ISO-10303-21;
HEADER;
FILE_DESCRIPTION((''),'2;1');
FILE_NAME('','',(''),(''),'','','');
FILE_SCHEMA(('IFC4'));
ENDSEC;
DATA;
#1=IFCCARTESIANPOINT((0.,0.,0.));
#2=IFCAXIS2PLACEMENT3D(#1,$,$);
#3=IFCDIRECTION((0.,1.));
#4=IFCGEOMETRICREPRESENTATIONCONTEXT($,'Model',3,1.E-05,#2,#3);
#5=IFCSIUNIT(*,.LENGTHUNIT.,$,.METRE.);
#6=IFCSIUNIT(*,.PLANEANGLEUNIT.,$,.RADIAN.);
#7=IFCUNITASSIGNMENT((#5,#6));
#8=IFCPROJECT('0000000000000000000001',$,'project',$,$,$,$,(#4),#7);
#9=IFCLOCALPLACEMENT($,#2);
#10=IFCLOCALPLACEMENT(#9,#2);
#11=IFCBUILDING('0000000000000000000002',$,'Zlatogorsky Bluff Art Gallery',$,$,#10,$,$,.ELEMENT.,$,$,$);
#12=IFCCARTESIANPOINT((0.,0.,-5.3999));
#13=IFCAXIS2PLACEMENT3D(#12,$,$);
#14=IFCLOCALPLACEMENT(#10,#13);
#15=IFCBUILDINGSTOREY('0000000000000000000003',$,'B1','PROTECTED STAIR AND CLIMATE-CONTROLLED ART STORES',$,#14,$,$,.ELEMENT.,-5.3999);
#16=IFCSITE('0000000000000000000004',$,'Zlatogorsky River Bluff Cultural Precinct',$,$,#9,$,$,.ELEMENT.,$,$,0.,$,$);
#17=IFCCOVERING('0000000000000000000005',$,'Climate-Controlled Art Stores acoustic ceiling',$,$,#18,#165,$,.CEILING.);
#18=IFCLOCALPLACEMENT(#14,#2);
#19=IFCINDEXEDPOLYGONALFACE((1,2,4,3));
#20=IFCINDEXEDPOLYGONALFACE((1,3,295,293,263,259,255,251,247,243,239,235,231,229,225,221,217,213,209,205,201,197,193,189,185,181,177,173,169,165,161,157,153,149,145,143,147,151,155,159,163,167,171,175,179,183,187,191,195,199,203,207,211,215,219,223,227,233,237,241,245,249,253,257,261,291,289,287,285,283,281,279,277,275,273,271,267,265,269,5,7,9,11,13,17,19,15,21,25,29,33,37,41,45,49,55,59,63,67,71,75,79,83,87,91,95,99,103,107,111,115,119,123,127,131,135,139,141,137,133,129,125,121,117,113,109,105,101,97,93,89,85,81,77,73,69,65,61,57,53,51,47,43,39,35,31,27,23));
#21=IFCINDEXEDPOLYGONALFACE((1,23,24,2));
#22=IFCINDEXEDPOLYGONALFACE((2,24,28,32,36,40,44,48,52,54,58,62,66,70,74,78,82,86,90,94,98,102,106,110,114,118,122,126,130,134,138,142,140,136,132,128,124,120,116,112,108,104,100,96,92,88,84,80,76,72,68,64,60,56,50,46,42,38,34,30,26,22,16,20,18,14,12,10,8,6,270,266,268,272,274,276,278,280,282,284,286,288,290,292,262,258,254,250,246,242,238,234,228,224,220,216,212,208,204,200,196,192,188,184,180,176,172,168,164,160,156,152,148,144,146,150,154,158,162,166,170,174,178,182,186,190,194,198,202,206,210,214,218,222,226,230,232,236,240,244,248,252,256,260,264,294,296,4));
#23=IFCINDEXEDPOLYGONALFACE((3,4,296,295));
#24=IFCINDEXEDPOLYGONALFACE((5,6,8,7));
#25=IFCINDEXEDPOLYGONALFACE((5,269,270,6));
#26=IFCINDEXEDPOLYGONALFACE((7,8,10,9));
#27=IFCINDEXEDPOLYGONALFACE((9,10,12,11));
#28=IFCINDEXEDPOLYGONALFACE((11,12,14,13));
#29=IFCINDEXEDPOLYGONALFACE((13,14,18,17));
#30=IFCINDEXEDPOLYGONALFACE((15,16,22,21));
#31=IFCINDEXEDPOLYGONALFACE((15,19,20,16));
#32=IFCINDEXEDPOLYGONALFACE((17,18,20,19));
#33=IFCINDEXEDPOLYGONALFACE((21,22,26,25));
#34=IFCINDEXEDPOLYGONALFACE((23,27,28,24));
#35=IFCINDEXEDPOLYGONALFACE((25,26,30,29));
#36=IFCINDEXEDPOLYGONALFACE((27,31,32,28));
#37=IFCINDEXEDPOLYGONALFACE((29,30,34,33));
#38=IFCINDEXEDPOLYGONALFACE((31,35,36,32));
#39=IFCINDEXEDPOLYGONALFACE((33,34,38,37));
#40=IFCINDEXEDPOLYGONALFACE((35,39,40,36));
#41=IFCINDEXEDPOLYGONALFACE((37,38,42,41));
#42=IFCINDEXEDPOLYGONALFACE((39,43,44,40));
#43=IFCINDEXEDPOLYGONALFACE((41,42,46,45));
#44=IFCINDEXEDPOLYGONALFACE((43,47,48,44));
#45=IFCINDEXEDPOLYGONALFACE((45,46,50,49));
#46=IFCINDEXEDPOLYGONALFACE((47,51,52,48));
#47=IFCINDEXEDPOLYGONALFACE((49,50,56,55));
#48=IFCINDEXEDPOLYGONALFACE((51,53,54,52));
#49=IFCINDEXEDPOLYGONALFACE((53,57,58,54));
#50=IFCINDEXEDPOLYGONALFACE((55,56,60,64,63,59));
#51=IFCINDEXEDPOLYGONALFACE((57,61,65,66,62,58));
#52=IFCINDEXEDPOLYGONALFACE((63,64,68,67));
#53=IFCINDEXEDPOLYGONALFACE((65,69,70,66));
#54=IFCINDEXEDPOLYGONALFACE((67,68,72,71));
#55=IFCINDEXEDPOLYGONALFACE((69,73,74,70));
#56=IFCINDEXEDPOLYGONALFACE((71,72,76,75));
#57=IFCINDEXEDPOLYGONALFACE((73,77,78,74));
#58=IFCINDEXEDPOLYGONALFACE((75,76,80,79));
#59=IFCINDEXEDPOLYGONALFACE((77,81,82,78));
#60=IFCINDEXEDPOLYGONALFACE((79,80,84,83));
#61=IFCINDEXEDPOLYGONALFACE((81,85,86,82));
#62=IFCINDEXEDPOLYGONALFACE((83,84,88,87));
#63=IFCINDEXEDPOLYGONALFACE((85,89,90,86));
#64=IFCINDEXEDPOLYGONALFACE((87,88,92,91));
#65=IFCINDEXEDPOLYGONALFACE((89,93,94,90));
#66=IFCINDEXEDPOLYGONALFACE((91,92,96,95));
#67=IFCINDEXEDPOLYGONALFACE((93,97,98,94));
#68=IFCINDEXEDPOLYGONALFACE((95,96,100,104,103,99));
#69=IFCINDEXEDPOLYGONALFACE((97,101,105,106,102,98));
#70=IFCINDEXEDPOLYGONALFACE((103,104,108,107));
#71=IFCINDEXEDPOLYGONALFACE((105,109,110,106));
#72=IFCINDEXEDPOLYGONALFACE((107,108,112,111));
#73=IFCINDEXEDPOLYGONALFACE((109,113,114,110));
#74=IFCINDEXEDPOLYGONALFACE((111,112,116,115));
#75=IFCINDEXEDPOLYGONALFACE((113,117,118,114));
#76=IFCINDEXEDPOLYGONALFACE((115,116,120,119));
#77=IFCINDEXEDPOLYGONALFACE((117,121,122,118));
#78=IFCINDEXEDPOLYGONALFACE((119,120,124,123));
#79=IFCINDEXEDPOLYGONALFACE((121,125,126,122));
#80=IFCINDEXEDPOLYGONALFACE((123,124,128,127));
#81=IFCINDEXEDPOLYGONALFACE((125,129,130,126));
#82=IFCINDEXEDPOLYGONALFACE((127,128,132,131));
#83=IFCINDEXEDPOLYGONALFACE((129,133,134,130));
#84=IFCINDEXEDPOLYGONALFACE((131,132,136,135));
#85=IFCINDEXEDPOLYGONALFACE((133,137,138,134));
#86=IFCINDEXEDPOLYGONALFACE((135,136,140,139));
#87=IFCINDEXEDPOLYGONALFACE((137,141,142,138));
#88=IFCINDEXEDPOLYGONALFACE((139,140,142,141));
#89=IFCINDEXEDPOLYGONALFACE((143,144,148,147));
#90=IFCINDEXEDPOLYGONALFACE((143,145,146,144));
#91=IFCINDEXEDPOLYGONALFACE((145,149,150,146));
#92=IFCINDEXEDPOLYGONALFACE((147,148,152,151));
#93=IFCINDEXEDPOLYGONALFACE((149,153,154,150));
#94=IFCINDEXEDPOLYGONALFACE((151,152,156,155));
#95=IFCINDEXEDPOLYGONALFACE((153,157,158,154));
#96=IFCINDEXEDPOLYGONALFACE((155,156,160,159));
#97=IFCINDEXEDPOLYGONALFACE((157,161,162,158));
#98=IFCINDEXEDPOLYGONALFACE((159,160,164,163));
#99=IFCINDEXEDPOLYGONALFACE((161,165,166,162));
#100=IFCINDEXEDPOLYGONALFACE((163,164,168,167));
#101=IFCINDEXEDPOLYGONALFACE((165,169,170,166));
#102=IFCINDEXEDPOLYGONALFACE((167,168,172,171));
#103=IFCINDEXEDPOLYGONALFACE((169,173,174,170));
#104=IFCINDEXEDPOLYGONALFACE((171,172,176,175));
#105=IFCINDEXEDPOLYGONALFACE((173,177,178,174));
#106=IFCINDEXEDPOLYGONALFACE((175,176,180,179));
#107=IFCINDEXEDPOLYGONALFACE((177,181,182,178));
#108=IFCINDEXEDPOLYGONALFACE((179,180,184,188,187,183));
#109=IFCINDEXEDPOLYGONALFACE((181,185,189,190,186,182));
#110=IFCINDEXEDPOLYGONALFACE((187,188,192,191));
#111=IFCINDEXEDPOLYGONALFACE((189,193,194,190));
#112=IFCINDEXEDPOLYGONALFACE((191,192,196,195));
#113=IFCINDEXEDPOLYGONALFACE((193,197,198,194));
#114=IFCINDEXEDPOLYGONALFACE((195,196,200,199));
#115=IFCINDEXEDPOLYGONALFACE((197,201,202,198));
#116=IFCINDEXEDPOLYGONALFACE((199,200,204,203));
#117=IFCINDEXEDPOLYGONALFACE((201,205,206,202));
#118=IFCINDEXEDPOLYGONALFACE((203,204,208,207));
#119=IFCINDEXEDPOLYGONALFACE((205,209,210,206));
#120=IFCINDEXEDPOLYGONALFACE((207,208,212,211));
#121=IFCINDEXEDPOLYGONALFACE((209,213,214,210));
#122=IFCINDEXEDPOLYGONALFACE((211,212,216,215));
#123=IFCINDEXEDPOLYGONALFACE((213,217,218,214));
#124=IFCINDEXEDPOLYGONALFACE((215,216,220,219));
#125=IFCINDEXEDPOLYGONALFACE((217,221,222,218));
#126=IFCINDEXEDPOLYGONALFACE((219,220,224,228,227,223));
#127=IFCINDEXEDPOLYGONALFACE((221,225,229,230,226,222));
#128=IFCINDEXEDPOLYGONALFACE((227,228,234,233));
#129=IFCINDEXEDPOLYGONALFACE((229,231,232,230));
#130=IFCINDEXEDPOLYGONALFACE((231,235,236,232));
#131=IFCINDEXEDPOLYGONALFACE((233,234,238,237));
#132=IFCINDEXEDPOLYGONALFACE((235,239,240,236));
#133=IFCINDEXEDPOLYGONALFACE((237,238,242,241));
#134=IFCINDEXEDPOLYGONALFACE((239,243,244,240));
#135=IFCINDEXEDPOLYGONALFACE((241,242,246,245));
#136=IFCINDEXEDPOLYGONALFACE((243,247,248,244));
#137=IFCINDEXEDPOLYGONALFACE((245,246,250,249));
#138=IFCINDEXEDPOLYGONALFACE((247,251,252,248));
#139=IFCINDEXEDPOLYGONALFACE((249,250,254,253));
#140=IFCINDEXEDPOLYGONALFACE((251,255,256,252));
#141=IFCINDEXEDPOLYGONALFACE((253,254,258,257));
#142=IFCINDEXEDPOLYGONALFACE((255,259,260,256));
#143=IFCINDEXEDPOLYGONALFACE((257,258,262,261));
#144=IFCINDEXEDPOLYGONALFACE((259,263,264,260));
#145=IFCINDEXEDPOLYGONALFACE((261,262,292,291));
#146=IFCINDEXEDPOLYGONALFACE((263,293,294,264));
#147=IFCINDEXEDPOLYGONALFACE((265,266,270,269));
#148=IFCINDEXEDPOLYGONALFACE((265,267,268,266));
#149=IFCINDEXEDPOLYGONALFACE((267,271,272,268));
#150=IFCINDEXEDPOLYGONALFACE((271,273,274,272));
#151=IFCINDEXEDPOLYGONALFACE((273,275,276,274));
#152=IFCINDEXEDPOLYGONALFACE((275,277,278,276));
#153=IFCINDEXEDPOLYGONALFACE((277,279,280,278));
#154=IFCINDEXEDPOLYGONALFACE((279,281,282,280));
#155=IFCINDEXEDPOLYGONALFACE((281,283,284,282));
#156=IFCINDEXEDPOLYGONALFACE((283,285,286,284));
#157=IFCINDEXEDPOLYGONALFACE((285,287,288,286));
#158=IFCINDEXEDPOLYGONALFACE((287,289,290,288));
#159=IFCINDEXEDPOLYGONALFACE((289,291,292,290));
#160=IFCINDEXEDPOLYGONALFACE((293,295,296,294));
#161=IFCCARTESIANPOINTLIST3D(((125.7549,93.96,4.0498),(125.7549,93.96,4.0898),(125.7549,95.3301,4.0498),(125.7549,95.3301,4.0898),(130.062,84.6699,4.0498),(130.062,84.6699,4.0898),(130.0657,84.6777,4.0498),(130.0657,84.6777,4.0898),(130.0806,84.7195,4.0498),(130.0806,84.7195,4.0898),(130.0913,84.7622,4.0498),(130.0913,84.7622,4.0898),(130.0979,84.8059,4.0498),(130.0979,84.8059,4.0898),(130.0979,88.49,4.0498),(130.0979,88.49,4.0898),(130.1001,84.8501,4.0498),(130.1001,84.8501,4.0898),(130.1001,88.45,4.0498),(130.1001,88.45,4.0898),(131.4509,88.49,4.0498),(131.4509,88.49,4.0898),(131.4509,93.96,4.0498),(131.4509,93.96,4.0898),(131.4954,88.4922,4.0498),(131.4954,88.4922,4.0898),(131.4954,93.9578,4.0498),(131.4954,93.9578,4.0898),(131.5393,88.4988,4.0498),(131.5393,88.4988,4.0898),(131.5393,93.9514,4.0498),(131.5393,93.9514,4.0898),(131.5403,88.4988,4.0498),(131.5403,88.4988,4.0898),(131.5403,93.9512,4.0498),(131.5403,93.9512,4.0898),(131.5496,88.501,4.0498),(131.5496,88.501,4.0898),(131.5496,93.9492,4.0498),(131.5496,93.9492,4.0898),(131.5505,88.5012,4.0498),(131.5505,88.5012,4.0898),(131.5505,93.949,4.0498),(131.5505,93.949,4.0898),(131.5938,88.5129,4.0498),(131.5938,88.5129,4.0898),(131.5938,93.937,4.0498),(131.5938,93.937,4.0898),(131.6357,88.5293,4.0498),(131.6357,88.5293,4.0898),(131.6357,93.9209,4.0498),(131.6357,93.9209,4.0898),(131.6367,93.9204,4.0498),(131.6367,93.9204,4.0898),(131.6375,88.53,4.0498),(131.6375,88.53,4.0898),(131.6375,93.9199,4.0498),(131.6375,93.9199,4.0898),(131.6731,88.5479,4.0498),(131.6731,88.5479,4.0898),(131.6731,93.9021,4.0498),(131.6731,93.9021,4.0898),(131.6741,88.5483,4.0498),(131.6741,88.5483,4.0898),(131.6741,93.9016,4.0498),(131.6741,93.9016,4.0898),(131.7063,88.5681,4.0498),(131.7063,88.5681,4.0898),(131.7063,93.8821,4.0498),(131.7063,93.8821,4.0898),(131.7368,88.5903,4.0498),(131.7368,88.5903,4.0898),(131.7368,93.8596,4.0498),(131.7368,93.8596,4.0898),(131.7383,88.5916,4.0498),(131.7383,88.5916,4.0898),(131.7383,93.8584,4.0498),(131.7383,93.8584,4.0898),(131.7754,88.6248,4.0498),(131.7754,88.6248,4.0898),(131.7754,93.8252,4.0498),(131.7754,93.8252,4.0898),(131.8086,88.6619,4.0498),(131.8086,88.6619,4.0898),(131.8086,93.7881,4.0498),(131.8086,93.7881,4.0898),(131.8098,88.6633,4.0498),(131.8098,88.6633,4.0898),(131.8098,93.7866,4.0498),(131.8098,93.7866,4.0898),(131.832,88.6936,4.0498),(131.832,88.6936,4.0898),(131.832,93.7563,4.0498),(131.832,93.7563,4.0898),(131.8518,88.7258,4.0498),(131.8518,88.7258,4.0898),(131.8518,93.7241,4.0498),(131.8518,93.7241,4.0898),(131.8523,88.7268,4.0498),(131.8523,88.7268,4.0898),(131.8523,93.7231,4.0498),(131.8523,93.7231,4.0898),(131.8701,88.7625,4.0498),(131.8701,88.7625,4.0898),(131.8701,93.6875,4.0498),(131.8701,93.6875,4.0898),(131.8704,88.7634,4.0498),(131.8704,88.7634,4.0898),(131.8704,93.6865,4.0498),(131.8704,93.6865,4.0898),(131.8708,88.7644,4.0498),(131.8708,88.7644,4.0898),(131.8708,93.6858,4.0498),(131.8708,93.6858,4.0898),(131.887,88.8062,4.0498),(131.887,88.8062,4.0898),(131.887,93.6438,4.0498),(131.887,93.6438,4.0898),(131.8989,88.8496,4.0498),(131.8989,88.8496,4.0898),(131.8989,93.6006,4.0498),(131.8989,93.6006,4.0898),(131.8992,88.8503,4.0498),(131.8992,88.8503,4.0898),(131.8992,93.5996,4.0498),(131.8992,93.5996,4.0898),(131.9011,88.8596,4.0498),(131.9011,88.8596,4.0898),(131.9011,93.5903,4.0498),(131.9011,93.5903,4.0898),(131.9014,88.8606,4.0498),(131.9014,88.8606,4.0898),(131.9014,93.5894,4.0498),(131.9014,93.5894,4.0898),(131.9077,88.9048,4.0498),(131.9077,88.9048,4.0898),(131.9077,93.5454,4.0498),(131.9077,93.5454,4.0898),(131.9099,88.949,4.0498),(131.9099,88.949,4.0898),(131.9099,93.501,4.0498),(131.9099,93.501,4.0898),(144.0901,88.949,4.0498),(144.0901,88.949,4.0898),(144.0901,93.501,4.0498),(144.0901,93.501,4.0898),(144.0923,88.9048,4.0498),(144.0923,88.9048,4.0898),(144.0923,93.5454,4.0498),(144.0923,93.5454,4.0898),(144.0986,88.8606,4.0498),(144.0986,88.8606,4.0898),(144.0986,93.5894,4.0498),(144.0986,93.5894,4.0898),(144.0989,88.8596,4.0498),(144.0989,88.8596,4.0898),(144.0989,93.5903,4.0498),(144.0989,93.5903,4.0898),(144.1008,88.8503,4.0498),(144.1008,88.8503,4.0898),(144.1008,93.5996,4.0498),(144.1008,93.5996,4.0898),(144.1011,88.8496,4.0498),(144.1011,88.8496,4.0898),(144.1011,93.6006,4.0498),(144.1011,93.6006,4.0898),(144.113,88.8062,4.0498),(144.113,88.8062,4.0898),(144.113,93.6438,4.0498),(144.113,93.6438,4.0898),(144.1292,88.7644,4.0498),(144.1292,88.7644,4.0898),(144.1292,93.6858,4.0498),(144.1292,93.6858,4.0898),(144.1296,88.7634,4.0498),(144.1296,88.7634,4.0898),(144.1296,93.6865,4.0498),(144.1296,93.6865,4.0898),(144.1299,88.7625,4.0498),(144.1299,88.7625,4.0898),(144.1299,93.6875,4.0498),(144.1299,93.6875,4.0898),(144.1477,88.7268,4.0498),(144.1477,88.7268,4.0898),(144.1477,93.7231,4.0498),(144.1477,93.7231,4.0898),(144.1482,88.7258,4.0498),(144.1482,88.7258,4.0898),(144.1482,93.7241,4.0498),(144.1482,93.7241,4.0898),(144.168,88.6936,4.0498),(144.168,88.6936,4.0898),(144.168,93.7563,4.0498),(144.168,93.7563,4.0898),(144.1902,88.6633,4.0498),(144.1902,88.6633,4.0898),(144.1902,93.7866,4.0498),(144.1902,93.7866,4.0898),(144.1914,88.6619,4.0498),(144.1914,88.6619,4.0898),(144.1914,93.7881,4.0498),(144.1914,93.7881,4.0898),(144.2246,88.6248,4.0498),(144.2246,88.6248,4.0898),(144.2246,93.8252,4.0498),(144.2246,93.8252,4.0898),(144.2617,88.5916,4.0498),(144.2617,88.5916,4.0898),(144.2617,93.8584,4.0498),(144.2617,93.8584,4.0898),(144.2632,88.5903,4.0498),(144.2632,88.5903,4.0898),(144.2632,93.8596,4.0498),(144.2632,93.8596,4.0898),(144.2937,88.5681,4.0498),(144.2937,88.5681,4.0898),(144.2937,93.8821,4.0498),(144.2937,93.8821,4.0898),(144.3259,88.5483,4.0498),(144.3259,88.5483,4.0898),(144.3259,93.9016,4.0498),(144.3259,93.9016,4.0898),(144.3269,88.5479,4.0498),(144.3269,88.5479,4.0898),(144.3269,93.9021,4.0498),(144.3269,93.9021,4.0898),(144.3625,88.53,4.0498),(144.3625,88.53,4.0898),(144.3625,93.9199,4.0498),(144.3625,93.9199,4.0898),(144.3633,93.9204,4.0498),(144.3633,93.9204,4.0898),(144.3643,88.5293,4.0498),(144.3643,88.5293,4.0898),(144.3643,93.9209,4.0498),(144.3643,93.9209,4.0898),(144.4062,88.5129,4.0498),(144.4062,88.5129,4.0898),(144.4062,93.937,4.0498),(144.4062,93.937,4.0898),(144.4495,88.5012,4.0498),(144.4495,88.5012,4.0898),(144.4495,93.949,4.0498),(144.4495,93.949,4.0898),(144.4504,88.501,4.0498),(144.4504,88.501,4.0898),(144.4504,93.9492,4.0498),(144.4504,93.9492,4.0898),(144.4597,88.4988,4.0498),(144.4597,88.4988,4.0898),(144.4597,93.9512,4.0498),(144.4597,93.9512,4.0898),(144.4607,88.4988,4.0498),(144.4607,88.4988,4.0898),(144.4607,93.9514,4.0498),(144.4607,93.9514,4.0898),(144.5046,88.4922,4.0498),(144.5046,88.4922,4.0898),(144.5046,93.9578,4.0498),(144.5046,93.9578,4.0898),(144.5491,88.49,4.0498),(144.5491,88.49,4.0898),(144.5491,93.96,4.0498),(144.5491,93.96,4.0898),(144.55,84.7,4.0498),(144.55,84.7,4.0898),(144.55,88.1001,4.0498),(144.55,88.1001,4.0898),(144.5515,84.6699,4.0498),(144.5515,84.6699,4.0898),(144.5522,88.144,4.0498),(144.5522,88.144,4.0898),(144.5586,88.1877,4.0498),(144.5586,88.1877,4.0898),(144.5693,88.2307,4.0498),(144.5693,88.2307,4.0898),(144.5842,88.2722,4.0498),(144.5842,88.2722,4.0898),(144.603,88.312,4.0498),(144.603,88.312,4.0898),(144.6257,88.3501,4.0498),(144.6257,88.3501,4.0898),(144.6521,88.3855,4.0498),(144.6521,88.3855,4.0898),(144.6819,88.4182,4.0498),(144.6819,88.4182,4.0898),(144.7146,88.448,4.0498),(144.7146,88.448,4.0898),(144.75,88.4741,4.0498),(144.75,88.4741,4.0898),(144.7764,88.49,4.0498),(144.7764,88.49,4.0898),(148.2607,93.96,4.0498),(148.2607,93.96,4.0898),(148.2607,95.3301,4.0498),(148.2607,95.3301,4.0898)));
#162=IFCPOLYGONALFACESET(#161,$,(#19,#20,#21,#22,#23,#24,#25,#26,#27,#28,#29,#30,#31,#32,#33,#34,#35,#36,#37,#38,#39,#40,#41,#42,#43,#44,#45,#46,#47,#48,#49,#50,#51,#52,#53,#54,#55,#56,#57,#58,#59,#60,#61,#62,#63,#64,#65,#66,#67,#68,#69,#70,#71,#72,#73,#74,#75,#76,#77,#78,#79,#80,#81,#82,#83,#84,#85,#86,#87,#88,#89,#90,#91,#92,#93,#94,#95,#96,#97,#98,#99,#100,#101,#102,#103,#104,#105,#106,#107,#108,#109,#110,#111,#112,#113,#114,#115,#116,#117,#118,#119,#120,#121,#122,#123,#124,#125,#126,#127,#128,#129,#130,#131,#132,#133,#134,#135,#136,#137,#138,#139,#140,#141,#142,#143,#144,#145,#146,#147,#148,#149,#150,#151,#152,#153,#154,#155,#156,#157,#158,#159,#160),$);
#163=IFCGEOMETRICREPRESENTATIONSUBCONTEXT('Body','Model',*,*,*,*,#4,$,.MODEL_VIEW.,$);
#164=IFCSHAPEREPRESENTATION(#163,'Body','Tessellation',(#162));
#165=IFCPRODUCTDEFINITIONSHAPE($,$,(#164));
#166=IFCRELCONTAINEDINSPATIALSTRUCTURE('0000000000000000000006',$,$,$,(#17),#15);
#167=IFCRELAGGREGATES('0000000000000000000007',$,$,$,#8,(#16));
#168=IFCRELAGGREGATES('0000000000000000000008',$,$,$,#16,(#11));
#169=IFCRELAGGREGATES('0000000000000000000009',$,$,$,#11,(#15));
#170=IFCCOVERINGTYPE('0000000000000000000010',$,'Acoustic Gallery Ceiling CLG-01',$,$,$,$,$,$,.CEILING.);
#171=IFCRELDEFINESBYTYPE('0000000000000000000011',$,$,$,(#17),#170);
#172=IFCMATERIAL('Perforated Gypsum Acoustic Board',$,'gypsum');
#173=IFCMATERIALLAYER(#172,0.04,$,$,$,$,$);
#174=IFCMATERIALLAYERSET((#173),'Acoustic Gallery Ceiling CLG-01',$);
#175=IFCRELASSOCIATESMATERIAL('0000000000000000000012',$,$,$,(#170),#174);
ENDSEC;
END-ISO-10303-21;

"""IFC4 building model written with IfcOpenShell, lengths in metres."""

from ifc_helpers import new_model, si_unit, direction, frame, origin, place, context, subcontext, project, spatial, polyline, outline, extrude, material, layer, layer_set, type_object, element, save


model = new_model("IFC4")

# Units and contexts
model_context = context("Model", 3, precision=1e-05, world=origin(), true_north=direction((0.0, 1.0)))
body_context = subcontext(model_context, "Body", "Model", "MODEL_VIEW")
ifc_project = project(units=[si_unit("LENGTHUNIT", "METRE"), si_unit("PLANEANGLEUNIT", "RADIAN")], contexts=[model_context])

# Site, building, storey
site_placement = place(None, origin())
site = spatial("IfcSite", under=ifc_project, at=site_placement, Name="Zlatogorsky River Bluff Cultural Precinct", CompositionType="ELEMENT", RefElevation=0.0)
building_placement = place(site_placement, origin())
building = spatial("IfcBuilding", under=site, at=building_placement, Name="Zlatogorsky Bluff Art Gallery", CompositionType="ELEMENT")
storey_placement = place(building_placement, frame((0.0, 0.0, -5.3999)))
storey = spatial("IfcBuildingStorey", under=building, at=storey_placement, Name="B1", Description="PROTECTED STAIR AND CLIMATE-CONTROLLED ART STORES", CompositionType="ELEMENT", Elevation=-5.3999)

# Covering
ifc_material_1 = material(Name="Perforated Gypsum Acoustic Board", Category="gypsum")
ifc_layer_1 = layer(ifc_material_1, 0.04)
ifc_layer_set_1 = layer_set([ifc_layer_1], Name="Acoustic Gallery Ceiling CLG-01")
covering_type_1 = type_object("IfcCoveringType", Name="Acoustic Gallery Ceiling CLG-01", PredefinedType="CEILING", material=ifc_layer_set_1)
covering_1_placement = place(storey_placement, frame((0.0, 0.0, 4.0498)))
element("IfcCovering", 1, at=covering_1_placement, inside=storey, type_object=covering_type_1, Name="Climate-Controlled Art Stores acoustic ceiling", PredefinedType="CEILING", context=body_context, shape_type="SweptSolid", body=[
    extrude(outline(polyline([(130.0657, 84.6777), (130.0806, 84.7195), (130.0913, 84.7622), (130.0979, 84.8059), (130.1001, 84.8501), (130.1001, 88.45), (130.0979, 88.49), (131.4509, 88.49), (131.4954, 88.4922), (131.5393, 88.4988), (131.5403, 88.4988), (131.5496, 88.501), (131.5505, 88.5012), (131.5938, 88.5129), (131.6357, 88.5293), (131.6375, 88.53), (131.6731, 88.5479), (131.6741, 88.5483), (131.7063, 88.5681), (131.7368, 88.5903), (131.7383, 88.5916), (131.7754, 88.6248), (131.8086, 88.6619), (131.8098, 88.6633), (131.832, 88.6936), (131.8518, 88.7258), (131.8523, 88.7268), (131.8701, 88.7625), (131.8704, 88.7634), (131.8708, 88.7644), (131.887, 88.8062), (131.8989, 88.8496), (131.8992, 88.8503), (131.9011, 88.8596), (131.9014, 88.8606), (131.9077, 88.9048), (131.9099, 88.949), (131.9099, 93.501), (131.9077, 93.5454), (131.9014, 93.5894), (131.9011, 93.5903), (131.8992, 93.5996), (131.8989, 93.6006), (131.887, 93.6438), (131.8708, 93.6858), (131.8704, 93.6865), (131.8701, 93.6875), (131.8523, 93.7231), (131.8518, 93.7241), (131.832, 93.7563), (131.8098, 93.7866), (131.8086, 93.7881), (131.7754, 93.8252), (131.7383, 93.8584), (131.7368, 93.8596), (131.7063, 93.8821), (131.6741, 93.9016), (131.6731, 93.9021), (131.6375, 93.9199), (131.6367, 93.9204), (131.6357, 93.9209), (131.5938, 93.937), (131.5505, 93.949), (131.5496, 93.9492), (131.5403, 93.9512), (131.5393, 93.9514), (131.4954, 93.9578), (131.4509, 93.96), (125.7549, 93.96), (125.7549, 95.3301), (148.2607, 95.3301), (148.2607, 93.96), (144.5491, 93.96), (144.5046, 93.9578), (144.4607, 93.9514), (144.4597, 93.9512), (144.4504, 93.9492), (144.4495, 93.949), (144.4062, 93.937), (144.3643, 93.9209), (144.3633, 93.9204), (144.3625, 93.9199), (144.3269, 93.9021), (144.3259, 93.9016), (144.2937, 93.8821), (144.2632, 93.8596), (144.2617, 93.8584), (144.2246, 93.8252), (144.1914, 93.7881), (144.1902, 93.7866), (144.168, 93.7563), (144.1482, 93.7241), (144.1477, 93.7231), (144.1299, 93.6875), (144.1296, 93.6865), (144.1292, 93.6858), (144.113, 93.6438), (144.1011, 93.6006), (144.1008, 93.5996), (144.0989, 93.5903), (144.0986, 93.5894), (144.0923, 93.5454), (144.0901, 93.501), (144.0901, 88.949), (144.0923, 88.9048), (144.0986, 88.8606), (144.0989, 88.8596), (144.1008, 88.8503), (144.1011, 88.8496), (144.113, 88.8062), (144.1292, 88.7644), (144.1296, 88.7634), (144.1299, 88.7625), (144.1477, 88.7268), (144.1482, 88.7258), (144.168, 88.6936), (144.1902, 88.6633), (144.1914, 88.6619), (144.2246, 88.6248), (144.2617, 88.5916), (144.2632, 88.5903), (144.2937, 88.5681), (144.3259, 88.5483), (144.3269, 88.5479), (144.3625, 88.53), (144.3643, 88.5293), (144.4062, 88.5129), (144.4495, 88.5012), (144.4504, 88.501), (144.4597, 88.4988), (144.4607, 88.4988), (144.5046, 88.4922), (144.5491, 88.49), (144.7764, 88.49), (144.75, 88.4741), (144.7146, 88.448), (144.6819, 88.4182), (144.6521, 88.3855), (144.6257, 88.3501), (144.603, 88.312), (144.5842, 88.2722), (144.5693, 88.2307), (144.5586, 88.1877), (144.5522, 88.144), (144.55, 88.1001), (144.55, 84.7), (144.5515, 84.6699), (130.062, 84.6699), (130.0657, 84.6777)])), origin(), (0.0, 0.0, 1.0), 0.04),
])

save(model, "model.ifc")
